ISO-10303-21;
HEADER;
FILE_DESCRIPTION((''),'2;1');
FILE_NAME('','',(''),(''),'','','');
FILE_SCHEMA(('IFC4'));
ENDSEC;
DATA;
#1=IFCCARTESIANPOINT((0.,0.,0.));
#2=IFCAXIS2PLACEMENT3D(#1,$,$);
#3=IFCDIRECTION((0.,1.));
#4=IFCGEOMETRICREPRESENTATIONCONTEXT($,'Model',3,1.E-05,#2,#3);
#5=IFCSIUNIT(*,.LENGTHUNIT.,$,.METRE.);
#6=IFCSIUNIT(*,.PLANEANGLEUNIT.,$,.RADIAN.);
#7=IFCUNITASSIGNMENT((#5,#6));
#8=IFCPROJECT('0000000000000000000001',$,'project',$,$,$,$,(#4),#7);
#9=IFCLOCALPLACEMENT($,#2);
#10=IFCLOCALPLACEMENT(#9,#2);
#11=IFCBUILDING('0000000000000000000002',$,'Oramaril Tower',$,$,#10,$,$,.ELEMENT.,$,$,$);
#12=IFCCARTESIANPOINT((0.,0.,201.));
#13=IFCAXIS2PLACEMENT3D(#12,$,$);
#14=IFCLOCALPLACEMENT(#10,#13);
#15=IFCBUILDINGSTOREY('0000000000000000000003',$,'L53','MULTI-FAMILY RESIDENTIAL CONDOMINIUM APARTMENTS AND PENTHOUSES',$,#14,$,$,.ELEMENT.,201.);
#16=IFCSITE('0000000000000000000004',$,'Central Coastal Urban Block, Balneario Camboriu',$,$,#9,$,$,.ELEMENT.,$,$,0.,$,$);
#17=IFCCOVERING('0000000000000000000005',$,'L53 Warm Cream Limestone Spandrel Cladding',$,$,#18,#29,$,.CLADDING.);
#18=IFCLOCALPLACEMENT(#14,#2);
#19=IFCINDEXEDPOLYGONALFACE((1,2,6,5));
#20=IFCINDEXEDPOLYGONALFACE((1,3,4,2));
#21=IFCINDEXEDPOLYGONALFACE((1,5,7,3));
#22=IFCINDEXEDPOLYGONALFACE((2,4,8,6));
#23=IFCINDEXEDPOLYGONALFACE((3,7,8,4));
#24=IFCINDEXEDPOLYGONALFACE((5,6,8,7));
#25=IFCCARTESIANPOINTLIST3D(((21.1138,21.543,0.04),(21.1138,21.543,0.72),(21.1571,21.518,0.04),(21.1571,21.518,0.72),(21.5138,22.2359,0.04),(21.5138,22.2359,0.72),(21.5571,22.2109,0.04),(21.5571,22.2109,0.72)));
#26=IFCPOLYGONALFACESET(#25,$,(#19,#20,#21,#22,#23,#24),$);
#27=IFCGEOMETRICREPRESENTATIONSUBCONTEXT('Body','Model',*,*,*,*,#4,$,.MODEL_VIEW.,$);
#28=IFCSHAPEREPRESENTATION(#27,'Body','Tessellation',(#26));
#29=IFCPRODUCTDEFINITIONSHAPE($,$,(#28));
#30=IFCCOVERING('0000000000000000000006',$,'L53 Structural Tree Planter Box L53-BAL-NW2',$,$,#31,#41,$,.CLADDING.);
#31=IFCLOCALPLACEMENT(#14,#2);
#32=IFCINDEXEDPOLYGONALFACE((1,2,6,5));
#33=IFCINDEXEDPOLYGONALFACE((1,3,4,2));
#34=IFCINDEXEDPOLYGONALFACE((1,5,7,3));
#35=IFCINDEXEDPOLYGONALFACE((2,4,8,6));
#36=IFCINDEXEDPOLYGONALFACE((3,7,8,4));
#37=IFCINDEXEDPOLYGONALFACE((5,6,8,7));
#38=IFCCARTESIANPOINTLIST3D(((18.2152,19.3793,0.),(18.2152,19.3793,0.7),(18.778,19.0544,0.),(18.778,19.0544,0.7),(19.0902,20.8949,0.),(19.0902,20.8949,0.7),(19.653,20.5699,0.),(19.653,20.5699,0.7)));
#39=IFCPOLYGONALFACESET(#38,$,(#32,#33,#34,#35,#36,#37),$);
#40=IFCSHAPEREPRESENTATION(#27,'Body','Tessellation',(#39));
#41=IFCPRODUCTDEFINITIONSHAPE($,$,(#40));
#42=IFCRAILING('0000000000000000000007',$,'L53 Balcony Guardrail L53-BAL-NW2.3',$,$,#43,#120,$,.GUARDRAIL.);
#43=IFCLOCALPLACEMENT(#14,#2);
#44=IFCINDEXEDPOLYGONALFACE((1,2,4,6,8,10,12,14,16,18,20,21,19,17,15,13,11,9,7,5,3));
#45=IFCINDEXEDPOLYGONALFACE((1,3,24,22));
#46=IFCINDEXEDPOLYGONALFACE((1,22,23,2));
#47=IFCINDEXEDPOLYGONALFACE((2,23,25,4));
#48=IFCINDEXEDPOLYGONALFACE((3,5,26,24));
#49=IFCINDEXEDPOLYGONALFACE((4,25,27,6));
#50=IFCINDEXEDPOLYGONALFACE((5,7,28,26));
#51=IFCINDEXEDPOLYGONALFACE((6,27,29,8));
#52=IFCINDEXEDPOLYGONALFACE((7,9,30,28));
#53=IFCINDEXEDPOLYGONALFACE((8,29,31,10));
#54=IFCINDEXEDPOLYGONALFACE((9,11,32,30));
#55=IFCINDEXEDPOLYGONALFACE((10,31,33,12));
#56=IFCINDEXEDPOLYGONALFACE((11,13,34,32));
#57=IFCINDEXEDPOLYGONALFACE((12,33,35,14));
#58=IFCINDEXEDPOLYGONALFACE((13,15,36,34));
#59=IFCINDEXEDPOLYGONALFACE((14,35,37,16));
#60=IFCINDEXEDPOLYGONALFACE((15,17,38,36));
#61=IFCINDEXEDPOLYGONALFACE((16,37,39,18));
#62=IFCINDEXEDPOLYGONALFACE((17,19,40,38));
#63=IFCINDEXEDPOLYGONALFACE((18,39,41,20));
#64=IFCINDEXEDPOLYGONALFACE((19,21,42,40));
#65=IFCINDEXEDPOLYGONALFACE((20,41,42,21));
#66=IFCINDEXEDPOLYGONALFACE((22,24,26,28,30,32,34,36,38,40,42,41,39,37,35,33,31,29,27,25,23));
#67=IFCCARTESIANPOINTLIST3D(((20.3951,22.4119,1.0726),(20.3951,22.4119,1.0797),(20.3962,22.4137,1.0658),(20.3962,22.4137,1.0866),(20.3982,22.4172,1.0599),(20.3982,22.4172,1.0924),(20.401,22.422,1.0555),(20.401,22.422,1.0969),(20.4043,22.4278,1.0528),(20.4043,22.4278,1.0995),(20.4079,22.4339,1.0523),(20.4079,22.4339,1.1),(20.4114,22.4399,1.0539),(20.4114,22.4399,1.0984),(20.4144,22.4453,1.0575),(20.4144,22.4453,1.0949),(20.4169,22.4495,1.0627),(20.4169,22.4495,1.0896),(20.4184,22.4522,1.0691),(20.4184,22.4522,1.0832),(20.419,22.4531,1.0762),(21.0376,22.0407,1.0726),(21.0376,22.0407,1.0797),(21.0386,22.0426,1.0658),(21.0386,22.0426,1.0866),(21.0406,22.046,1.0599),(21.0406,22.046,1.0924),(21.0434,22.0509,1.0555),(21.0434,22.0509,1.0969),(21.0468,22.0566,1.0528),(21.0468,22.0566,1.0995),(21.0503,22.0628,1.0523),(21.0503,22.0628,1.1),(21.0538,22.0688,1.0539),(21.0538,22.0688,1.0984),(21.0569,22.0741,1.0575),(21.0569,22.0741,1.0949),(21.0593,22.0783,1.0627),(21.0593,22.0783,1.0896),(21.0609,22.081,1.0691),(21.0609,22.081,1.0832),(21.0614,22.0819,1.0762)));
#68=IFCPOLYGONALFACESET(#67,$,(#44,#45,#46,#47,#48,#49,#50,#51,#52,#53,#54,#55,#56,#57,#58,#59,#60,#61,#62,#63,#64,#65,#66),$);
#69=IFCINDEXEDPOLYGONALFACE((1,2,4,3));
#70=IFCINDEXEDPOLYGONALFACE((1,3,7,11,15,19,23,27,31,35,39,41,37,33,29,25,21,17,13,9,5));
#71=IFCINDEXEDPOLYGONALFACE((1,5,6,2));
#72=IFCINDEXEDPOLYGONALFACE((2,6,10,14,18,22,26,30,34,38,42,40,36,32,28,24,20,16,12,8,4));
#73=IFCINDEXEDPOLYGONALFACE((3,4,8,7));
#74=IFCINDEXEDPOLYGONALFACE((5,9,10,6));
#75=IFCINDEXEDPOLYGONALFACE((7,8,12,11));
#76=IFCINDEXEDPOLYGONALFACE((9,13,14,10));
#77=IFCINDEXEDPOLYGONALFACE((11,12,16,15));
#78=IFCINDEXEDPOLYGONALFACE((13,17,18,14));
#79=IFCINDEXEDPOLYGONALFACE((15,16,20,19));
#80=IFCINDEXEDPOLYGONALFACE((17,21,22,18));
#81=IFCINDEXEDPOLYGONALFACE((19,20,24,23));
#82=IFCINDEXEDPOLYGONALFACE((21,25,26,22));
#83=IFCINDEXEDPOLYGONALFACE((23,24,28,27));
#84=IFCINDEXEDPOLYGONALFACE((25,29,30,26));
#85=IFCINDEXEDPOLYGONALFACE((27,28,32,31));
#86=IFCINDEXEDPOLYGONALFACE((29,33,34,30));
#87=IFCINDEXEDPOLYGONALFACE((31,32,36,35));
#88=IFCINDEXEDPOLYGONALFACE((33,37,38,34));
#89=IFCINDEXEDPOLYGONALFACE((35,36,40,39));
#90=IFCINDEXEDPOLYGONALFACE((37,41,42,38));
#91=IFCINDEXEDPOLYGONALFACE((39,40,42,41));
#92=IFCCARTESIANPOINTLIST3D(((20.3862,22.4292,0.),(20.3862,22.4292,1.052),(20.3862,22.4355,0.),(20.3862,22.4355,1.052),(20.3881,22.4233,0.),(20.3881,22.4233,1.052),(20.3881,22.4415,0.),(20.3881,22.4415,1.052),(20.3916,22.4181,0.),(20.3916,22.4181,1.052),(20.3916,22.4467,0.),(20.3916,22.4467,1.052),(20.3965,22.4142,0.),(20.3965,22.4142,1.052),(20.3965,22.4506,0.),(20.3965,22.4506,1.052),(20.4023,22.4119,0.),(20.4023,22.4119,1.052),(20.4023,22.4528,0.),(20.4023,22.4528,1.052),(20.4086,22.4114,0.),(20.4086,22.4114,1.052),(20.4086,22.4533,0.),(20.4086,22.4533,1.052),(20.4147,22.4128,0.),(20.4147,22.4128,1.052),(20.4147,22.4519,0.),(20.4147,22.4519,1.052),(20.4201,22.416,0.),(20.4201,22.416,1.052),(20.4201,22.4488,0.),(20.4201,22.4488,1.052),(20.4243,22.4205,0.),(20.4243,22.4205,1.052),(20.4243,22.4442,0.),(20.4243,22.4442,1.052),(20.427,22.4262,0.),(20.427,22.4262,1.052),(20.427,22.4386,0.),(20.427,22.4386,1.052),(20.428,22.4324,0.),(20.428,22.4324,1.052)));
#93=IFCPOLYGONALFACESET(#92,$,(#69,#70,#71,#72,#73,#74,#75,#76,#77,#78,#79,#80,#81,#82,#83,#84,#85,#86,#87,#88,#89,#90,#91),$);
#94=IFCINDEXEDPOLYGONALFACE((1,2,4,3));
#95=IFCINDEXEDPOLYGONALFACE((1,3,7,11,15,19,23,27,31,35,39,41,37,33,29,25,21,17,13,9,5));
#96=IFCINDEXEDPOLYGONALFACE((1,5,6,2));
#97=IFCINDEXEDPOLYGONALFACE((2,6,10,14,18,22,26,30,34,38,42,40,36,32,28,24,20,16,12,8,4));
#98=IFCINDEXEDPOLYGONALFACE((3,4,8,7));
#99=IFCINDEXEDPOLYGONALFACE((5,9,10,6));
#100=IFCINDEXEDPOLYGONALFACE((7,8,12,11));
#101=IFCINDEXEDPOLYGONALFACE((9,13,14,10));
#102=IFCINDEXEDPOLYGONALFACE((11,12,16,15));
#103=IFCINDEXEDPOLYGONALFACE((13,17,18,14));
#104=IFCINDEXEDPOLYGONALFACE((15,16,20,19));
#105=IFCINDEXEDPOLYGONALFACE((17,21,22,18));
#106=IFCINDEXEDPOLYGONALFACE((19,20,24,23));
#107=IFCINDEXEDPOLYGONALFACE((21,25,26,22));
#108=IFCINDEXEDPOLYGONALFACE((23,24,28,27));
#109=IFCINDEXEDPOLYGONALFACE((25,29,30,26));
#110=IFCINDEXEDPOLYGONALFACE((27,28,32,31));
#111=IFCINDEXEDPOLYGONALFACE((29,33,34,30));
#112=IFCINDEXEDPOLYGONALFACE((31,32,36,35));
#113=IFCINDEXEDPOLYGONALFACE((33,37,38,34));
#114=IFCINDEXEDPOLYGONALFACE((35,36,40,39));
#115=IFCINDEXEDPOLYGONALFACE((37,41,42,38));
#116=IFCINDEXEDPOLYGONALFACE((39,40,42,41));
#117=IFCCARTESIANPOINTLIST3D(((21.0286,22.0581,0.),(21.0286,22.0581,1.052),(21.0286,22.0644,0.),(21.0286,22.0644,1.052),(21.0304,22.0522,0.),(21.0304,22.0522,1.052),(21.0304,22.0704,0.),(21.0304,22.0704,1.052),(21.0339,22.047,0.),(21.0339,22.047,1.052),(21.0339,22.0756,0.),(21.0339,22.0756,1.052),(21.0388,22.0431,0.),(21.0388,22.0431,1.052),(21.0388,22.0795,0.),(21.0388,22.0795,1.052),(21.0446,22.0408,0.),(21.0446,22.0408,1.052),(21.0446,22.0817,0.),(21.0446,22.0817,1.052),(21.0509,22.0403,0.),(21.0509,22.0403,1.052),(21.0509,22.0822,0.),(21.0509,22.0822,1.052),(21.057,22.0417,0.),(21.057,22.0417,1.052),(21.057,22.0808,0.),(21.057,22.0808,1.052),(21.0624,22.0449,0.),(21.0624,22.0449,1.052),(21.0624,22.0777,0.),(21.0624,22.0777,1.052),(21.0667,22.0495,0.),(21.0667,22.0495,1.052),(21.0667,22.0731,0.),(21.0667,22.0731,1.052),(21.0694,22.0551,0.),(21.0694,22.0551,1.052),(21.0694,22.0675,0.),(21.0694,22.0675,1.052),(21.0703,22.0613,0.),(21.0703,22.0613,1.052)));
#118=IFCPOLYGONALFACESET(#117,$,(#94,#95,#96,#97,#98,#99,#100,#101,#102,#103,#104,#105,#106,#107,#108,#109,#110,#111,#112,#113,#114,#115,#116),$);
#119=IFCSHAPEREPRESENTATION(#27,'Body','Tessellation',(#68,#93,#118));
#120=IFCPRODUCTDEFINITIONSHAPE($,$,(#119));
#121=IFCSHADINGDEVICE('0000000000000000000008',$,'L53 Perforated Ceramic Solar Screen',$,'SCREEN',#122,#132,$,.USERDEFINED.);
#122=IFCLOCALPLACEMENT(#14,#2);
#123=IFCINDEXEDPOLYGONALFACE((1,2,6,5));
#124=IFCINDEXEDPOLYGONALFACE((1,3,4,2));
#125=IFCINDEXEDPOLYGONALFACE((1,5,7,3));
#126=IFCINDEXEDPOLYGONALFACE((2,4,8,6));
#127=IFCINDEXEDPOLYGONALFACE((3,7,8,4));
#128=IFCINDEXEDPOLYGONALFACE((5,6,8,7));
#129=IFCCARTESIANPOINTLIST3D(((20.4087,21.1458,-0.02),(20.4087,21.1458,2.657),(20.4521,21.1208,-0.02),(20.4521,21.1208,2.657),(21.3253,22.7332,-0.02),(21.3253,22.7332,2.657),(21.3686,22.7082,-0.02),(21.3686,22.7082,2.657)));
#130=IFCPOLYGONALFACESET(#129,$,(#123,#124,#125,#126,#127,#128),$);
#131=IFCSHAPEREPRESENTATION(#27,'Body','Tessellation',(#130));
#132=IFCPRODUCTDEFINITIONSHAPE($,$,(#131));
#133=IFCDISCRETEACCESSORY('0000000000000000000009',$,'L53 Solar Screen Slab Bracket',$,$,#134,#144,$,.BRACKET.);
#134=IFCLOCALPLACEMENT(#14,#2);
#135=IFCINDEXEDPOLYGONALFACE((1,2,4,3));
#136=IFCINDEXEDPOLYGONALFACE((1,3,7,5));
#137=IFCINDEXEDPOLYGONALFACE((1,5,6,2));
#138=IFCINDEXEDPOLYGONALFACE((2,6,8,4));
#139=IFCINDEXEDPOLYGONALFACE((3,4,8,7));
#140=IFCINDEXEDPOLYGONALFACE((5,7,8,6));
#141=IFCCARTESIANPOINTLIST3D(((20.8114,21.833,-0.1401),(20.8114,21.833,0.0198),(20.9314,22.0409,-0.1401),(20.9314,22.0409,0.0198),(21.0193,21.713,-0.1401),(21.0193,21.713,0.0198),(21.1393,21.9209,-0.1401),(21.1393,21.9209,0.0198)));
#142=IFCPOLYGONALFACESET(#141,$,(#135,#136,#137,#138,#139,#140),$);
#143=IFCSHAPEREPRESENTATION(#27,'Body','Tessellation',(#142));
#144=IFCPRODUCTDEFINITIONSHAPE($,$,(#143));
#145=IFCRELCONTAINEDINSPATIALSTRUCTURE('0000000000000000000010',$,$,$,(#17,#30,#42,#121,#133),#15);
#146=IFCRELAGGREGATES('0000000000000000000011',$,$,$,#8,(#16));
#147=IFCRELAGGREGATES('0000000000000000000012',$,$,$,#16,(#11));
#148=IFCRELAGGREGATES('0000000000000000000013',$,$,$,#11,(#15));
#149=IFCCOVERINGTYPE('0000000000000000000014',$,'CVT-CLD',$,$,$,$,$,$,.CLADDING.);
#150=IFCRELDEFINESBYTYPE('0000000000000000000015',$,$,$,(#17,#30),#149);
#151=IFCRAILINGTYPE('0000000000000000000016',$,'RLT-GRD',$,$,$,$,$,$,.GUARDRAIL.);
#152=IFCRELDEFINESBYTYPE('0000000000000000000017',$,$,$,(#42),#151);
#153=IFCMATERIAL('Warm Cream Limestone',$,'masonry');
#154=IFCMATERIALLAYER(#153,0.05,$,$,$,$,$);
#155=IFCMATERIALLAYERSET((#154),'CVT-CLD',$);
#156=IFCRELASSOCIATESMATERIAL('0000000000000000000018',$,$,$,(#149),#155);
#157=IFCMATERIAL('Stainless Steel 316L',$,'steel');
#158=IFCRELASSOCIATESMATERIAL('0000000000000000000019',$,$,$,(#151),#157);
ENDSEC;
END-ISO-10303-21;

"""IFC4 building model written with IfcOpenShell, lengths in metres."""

from ifc_helpers import new_model, si_unit, direction, frame, origin, origin_2d, place, context, subcontext, project, spatial, rectangle, circle, extrude, material, layer, layer_set, type_object, element, save


model = new_model("IFC4")

# Units and contexts
model_context = context("Model", 3, precision=1e-05, world=origin(), true_north=direction((0.0, 1.0)))
body_context = subcontext(model_context, "Body", "Model", "MODEL_VIEW")
ifc_project = project(units=[si_unit("LENGTHUNIT", "METRE"), si_unit("PLANEANGLEUNIT", "RADIAN")], contexts=[model_context])

# Site, building, storey
site_placement = place(None, origin())
site = spatial("IfcSite", under=ifc_project, at=site_placement, Name="Central Coastal Urban Block, Balneario Camboriu", CompositionType="ELEMENT", RefElevation=0.0)
building_placement = place(site_placement, origin())
building = spatial("IfcBuilding", under=site, at=building_placement, Name="Oramaril Tower", CompositionType="ELEMENT")
storey_placement = place(building_placement, frame((0.0, 0.0, 201.0)))
storey = spatial("IfcBuildingStorey", under=building, at=storey_placement, Name="L53", Description="MULTI-FAMILY RESIDENTIAL CONDOMINIUM APARTMENTS AND PENTHOUSES", CompositionType="ELEMENT", Elevation=201.0)

# Coverings
ifc_material_1 = material(Name="Warm Cream Limestone", Category="masonry")
ifc_layer_1 = layer(ifc_material_1, 0.05)
ifc_layer_set_1 = layer_set([ifc_layer_1], Name="CVT-CLD")
covering_type = type_object("IfcCoveringType", Name="CVT-CLD", PredefinedType="CLADDING", material=ifc_layer_set_1)
covering_1_placement = place(storey_placement, frame((21.3354, 21.877, 0.04), z_axis=(0.0, 0.0, 1.0), x_axis=(-0.5, -0.866025, 0.0)))
element("IfcCovering", 1, at=covering_1_placement, inside=storey, type_object=covering_type, Name="L53 Warm Cream Limestone Spandrel Cladding", PredefinedType="CLADDING", context=body_context, shape_type="SweptSolid", body=[
    extrude(rectangle(XDim=0.8, YDim=0.05, at=origin_2d()), origin(), (0.0, 0.0, 1.0), 0.6799),
])
covering_2_placement = place(storey_placement, frame((18.9341, 19.9746, 0.0), z_axis=(0.0, 0.0, 1.0), x_axis=(-0.500002, -0.866025, 0.0)))
element("IfcCovering", 2, at=covering_2_placement, inside=storey, type_object=covering_type, Name="L53 Structural Tree Planter Box L53-BAL-NW2", PredefinedType="CLADDING", context=body_context, shape_type="SweptSolid", body=[
    extrude(rectangle(XDim=1.75, YDim=0.6499, at=origin_2d()), origin(), (0.0, 0.0, 1.0), 0.7),
])

# Railing
ifc_material_2 = material(Name="Stainless Steel 316L", Category="steel")
railing_type = type_object("IfcRailingType", Name="RLT-GRD", PredefinedType="GUARDRAIL", material=ifc_material_2)
railing_placement = place(storey_placement, frame((20.407, 22.4324, 0.0)))
element("IfcRailing", 3, at=railing_placement, inside=storey, type_object=railing_type, Name="L53 Balcony Guardrail L53-BAL-NW2.3", PredefinedType="GUARDRAIL", context=body_context, shape_type="SweptSolid", body=[
    extrude(circle(Radius=0.0239, at=origin_2d()), frame((0.0, 0.0, 1.0762), z_axis=(0.865884, -0.500245, 0.0), x_axis=(0.500245, 0.865884, 0.0)), (0.0, 0.0, 1.0), 0.7419),
    extrude(circle(Radius=0.021, at=origin_2d()), origin(), (0.0, 0.0, 1.0), 1.052),
    extrude(circle(Radius=0.021, at=origin_2d()), frame((0.6423, -0.3711, 0.0)), (0.0, 0.0, 1.0), 1.052),
])

# Shading device
shading_device_placement = place(storey_placement, frame((20.8887, 21.927, -0.02), z_axis=(0.0, 0.0, 1.0), x_axis=(-0.5, -0.866025, 0.0)))
element("IfcShadingDevice", 4, at=shading_device_placement, inside=storey, Name="L53 Perforated Ceramic Solar Screen", ObjectType="SCREEN", PredefinedType="USERDEFINED", context=body_context, shape_type="SweptSolid", body=[
    extrude(rectangle(XDim=1.833, YDim=0.05, at=origin_2d()), origin(), (0.0, 0.0, 1.0), 2.677),
])

# Discrete accessory
discrete_accessory_placement = place(storey_placement, frame((20.9753, 21.877, -0.1401), z_axis=(0.0, 0.0, 1.0), x_axis=(-0.5, -0.866025, 0.0)))
element("IfcDiscreteAccessory", 5, at=discrete_accessory_placement, inside=storey, Name="L53 Solar Screen Slab Bracket", PredefinedType="BRACKET", context=body_context, shape_type="SweptSolid", body=[
    extrude(rectangle(XDim=0.24, YDim=0.24, at=origin_2d()), origin(), (0.0, 0.0, 1.0), 0.1599),
])

save(model, "model.ifc")
